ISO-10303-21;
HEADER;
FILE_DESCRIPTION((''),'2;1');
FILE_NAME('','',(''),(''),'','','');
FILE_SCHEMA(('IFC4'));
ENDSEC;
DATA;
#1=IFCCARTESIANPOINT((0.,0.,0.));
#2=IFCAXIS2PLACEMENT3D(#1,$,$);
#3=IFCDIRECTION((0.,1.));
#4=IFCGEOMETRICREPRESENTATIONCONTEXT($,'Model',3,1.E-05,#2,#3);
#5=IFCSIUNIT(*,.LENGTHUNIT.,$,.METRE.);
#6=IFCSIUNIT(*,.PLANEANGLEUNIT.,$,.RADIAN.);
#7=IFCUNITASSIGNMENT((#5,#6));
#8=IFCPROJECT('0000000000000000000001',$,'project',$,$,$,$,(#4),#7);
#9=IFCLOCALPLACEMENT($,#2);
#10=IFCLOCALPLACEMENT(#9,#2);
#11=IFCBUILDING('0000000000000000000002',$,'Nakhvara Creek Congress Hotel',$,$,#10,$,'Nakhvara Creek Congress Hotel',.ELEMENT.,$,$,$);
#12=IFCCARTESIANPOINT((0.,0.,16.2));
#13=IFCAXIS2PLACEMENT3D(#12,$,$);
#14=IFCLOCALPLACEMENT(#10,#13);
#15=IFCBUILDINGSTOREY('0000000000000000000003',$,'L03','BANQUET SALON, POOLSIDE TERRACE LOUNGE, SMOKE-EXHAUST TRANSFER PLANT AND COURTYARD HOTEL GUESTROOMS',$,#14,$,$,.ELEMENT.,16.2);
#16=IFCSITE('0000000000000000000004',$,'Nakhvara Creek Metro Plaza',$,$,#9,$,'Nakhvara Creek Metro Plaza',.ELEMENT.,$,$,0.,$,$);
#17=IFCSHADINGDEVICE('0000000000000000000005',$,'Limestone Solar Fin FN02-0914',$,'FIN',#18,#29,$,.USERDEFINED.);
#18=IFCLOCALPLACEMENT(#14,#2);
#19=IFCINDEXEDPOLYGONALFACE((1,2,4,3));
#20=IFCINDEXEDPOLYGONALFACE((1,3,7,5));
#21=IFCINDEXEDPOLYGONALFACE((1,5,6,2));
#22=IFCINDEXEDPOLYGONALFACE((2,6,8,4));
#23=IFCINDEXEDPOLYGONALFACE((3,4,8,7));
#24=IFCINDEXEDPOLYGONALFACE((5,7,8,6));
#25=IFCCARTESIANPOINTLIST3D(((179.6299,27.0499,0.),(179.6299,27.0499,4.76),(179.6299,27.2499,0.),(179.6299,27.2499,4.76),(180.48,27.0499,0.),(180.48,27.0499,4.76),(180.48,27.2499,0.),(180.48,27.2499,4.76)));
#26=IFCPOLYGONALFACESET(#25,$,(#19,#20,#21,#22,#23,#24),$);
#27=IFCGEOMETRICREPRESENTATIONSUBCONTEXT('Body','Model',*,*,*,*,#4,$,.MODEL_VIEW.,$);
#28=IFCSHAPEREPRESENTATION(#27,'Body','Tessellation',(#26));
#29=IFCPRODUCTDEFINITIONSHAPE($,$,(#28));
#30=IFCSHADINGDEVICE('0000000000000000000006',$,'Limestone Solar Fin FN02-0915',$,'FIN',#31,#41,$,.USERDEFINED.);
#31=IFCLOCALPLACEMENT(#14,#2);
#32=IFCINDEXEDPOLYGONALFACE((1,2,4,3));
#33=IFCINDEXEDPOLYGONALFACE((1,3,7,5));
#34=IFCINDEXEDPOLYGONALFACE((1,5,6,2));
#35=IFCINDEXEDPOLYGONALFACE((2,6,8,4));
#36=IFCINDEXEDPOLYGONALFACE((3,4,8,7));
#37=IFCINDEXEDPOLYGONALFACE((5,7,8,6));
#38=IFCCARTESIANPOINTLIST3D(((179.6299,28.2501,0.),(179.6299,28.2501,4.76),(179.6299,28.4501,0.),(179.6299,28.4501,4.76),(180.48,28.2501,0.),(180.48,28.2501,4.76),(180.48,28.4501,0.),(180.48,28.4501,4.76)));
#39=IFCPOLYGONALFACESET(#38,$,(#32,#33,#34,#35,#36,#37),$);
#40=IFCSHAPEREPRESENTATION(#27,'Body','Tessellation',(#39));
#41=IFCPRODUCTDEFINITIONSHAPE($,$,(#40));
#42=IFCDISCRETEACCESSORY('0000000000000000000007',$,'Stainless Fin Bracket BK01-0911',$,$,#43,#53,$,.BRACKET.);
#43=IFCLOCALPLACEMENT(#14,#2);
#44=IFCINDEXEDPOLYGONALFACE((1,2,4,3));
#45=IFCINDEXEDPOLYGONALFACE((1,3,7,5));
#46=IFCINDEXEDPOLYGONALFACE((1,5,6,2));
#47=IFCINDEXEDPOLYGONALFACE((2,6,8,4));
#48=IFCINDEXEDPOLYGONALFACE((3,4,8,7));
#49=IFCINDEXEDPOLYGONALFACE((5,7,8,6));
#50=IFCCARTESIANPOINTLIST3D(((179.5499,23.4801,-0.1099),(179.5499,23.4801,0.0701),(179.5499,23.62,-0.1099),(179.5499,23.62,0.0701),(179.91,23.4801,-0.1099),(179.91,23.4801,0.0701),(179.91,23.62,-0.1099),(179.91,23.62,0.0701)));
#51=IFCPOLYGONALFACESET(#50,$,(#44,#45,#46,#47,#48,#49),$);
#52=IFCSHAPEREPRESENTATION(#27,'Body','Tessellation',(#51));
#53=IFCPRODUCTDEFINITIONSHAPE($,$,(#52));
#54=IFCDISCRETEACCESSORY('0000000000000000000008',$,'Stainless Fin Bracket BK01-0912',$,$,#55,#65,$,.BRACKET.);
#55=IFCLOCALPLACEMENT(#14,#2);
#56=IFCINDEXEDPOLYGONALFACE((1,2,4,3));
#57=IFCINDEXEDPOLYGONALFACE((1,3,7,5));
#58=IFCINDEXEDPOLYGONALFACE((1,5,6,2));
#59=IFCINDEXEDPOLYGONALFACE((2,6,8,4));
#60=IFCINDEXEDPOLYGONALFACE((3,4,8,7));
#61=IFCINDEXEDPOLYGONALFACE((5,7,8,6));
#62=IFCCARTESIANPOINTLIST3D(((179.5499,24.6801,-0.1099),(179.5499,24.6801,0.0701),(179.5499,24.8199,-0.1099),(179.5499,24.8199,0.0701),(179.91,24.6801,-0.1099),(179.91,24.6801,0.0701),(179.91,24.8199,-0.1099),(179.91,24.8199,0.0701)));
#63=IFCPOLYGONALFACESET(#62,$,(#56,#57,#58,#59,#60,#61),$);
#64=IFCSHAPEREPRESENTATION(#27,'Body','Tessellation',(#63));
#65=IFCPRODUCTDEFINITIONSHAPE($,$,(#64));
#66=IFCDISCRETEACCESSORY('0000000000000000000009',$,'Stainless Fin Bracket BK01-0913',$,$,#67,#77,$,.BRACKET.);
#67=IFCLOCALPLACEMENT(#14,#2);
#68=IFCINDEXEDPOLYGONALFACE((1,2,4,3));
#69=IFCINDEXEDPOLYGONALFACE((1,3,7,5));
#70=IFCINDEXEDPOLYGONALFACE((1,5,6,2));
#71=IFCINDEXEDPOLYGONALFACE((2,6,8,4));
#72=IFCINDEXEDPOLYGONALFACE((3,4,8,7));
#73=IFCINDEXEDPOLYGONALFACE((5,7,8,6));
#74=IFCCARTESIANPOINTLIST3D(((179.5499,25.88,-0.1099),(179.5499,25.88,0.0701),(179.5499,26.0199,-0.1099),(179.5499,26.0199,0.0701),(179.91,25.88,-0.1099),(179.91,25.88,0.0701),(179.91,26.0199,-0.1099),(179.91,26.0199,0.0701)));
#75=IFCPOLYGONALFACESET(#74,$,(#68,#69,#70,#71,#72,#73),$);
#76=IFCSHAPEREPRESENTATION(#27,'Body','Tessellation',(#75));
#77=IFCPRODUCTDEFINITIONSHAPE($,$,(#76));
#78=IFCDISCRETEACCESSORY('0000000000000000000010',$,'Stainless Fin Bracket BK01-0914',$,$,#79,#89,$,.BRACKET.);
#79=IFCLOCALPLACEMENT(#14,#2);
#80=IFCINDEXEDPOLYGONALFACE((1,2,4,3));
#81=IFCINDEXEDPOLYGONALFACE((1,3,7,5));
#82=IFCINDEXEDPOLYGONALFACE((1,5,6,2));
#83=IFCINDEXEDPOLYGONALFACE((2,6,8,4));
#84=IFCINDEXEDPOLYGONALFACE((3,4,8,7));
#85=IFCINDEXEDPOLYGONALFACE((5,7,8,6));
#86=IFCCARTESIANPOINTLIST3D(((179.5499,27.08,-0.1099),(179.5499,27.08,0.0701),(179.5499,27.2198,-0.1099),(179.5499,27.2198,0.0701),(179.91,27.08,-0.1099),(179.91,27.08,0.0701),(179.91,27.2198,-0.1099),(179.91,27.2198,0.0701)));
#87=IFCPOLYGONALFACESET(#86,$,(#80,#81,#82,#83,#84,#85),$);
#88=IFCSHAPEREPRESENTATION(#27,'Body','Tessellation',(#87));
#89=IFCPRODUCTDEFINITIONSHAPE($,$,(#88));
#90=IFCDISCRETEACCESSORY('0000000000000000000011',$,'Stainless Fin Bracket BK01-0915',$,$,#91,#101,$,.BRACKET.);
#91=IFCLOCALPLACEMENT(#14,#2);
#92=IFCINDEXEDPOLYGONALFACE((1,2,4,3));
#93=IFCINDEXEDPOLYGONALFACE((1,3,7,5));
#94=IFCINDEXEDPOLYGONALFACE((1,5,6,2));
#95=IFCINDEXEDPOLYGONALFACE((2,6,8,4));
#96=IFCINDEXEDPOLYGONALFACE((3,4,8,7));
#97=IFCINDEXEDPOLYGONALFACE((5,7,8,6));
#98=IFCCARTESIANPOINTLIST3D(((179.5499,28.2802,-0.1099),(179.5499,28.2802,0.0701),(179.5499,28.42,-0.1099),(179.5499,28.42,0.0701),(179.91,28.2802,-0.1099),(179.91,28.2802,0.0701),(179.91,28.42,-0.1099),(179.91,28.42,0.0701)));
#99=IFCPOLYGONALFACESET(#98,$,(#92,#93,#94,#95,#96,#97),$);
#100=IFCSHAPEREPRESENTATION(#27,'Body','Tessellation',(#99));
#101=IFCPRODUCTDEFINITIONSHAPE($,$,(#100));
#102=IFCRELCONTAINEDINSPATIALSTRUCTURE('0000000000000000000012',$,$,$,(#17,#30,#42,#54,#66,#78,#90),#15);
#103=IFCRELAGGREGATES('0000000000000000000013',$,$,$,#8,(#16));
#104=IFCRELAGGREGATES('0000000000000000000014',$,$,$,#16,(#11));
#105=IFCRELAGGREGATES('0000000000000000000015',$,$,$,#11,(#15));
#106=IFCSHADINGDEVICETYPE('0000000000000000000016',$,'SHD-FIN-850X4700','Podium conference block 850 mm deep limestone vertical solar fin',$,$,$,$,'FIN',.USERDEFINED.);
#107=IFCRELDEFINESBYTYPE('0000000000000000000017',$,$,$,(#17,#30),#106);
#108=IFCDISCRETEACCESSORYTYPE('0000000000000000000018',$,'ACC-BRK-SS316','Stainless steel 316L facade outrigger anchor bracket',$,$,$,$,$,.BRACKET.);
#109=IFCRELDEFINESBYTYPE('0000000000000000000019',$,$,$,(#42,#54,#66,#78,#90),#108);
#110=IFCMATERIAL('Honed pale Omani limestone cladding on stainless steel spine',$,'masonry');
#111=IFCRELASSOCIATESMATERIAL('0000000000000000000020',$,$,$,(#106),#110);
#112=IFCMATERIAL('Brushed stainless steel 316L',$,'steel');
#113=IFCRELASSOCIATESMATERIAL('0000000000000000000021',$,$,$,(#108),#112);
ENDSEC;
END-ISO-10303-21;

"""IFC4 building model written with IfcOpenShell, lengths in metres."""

from ifc_helpers import new_model, si_unit, direction, frame, origin, origin_2d, place, context, subcontext, project, spatial, rectangle, extrude, material, type_object, element, save


model = new_model("IFC4")

# Units and contexts
model_context = context("Model", 3, precision=1e-05, world=origin(), true_north=direction((0.0, 1.0)))
body_context = subcontext(model_context, "Body", "Model", "MODEL_VIEW")
ifc_project = project(units=[si_unit("LENGTHUNIT", "METRE"), si_unit("PLANEANGLEUNIT", "RADIAN")], contexts=[model_context])

# Site, building, storey
site_placement = place(None, origin())
site = spatial("IfcSite", under=ifc_project, at=site_placement, Name="Nakhvara Creek Metro Plaza", LongName="Nakhvara Creek Metro Plaza", CompositionType="ELEMENT", RefElevation=0.0)
building_placement = place(site_placement, origin())
building = spatial("IfcBuilding", under=site, at=building_placement, Name="Nakhvara Creek Congress Hotel", LongName="Nakhvara Creek Congress Hotel", CompositionType="ELEMENT")
storey_placement = place(building_placement, frame((0.0, 0.0, 16.2)))
storey = spatial("IfcBuildingStorey", under=building, at=storey_placement, Name="L03", Description="BANQUET SALON, POOLSIDE TERRACE LOUNGE, SMOKE-EXHAUST TRANSFER PLANT AND COURTYARD HOTEL GUESTROOMS", CompositionType="ELEMENT", Elevation=16.2)

# Shading devices
ifc_material_1 = material(Name="Honed pale Omani limestone cladding on stainless steel spine", Category="masonry")
shading_device_type = type_object("IfcShadingDeviceType", Name="SHD-FIN-850X4700", Description="Podium conference block 850 mm deep limestone vertical solar fin", ElementType="FIN", PredefinedType="USERDEFINED", material=ifc_material_1)
for number, where, z_axis, x_axis, name in (
    (1, (180.0549, 27.1499, 0.0), (0.0, 0.0, 1.0), (0.0, 1.0, 0.0), "Limestone Solar Fin FN02-0914"),
    (2, (180.0549, 28.3501, 0.0), (0.0, 0.0, 1.0), (0.0, 1.0, 0.0), "Limestone Solar Fin FN02-0915"),
):
    element("IfcShadingDevice", number, at=place(storey_placement, frame(where, z_axis=z_axis, x_axis=x_axis)), inside=storey, type_object=shading_device_type, Name=name, ObjectType="FIN", PredefinedType="USERDEFINED", context=body_context, shape_type="SweptSolid", body=[
        extrude(rectangle(XDim=0.2, YDim=0.8501, at=origin_2d()), origin(), (0.0, 0.0, 1.0), 4.76),
    ])

# Discrete accessories
ifc_material_2 = material(Name="Brushed stainless steel 316L", Category="steel")
discrete_accessory_type = type_object("IfcDiscreteAccessoryType", Name="ACC-BRK-SS316", Description="Stainless steel 316L facade outrigger anchor bracket", PredefinedType="BRACKET", material=ifc_material_2)
for number, where, z_axis, x_axis, name in (
    (3, (179.73, 23.55, -0.1099), (0.0, 0.0, 1.0), (0.0, 1.0, 0.0), "Stainless Fin Bracket BK01-0911"),
    (4, (179.73, 24.75, -0.1099), (0.0, 0.0, 1.0), (0.0, 1.0, 0.0), "Stainless Fin Bracket BK01-0912"),
    (5, (179.73, 25.95, -0.1099), (0.0, 0.0, 1.0), (0.0, 1.0, 0.0), "Stainless Fin Bracket BK01-0913"),
    (6, (179.73, 27.1499, -0.1099), (0.0, 0.0, 1.0), (0.0, 1.0, 0.0), "Stainless Fin Bracket BK01-0914"),
    (7, (179.73, 28.3501, -0.1099), (0.0, 0.0, 1.0), (0.0, 1.0, 0.0), "Stainless Fin Bracket BK01-0915"),
):
    element("IfcDiscreteAccessory", number, at=place(storey_placement, frame(where, z_axis=z_axis, x_axis=x_axis)), inside=storey, type_object=discrete_accessory_type, Name=name, PredefinedType="BRACKET", context=body_context, shape_type="SweptSolid", body=[
        extrude(rectangle(XDim=0.1399, YDim=0.3601, at=origin_2d()), origin(), (0.0, 0.0, 1.0), 0.1799),
    ])

save(model, "model.ifc")
